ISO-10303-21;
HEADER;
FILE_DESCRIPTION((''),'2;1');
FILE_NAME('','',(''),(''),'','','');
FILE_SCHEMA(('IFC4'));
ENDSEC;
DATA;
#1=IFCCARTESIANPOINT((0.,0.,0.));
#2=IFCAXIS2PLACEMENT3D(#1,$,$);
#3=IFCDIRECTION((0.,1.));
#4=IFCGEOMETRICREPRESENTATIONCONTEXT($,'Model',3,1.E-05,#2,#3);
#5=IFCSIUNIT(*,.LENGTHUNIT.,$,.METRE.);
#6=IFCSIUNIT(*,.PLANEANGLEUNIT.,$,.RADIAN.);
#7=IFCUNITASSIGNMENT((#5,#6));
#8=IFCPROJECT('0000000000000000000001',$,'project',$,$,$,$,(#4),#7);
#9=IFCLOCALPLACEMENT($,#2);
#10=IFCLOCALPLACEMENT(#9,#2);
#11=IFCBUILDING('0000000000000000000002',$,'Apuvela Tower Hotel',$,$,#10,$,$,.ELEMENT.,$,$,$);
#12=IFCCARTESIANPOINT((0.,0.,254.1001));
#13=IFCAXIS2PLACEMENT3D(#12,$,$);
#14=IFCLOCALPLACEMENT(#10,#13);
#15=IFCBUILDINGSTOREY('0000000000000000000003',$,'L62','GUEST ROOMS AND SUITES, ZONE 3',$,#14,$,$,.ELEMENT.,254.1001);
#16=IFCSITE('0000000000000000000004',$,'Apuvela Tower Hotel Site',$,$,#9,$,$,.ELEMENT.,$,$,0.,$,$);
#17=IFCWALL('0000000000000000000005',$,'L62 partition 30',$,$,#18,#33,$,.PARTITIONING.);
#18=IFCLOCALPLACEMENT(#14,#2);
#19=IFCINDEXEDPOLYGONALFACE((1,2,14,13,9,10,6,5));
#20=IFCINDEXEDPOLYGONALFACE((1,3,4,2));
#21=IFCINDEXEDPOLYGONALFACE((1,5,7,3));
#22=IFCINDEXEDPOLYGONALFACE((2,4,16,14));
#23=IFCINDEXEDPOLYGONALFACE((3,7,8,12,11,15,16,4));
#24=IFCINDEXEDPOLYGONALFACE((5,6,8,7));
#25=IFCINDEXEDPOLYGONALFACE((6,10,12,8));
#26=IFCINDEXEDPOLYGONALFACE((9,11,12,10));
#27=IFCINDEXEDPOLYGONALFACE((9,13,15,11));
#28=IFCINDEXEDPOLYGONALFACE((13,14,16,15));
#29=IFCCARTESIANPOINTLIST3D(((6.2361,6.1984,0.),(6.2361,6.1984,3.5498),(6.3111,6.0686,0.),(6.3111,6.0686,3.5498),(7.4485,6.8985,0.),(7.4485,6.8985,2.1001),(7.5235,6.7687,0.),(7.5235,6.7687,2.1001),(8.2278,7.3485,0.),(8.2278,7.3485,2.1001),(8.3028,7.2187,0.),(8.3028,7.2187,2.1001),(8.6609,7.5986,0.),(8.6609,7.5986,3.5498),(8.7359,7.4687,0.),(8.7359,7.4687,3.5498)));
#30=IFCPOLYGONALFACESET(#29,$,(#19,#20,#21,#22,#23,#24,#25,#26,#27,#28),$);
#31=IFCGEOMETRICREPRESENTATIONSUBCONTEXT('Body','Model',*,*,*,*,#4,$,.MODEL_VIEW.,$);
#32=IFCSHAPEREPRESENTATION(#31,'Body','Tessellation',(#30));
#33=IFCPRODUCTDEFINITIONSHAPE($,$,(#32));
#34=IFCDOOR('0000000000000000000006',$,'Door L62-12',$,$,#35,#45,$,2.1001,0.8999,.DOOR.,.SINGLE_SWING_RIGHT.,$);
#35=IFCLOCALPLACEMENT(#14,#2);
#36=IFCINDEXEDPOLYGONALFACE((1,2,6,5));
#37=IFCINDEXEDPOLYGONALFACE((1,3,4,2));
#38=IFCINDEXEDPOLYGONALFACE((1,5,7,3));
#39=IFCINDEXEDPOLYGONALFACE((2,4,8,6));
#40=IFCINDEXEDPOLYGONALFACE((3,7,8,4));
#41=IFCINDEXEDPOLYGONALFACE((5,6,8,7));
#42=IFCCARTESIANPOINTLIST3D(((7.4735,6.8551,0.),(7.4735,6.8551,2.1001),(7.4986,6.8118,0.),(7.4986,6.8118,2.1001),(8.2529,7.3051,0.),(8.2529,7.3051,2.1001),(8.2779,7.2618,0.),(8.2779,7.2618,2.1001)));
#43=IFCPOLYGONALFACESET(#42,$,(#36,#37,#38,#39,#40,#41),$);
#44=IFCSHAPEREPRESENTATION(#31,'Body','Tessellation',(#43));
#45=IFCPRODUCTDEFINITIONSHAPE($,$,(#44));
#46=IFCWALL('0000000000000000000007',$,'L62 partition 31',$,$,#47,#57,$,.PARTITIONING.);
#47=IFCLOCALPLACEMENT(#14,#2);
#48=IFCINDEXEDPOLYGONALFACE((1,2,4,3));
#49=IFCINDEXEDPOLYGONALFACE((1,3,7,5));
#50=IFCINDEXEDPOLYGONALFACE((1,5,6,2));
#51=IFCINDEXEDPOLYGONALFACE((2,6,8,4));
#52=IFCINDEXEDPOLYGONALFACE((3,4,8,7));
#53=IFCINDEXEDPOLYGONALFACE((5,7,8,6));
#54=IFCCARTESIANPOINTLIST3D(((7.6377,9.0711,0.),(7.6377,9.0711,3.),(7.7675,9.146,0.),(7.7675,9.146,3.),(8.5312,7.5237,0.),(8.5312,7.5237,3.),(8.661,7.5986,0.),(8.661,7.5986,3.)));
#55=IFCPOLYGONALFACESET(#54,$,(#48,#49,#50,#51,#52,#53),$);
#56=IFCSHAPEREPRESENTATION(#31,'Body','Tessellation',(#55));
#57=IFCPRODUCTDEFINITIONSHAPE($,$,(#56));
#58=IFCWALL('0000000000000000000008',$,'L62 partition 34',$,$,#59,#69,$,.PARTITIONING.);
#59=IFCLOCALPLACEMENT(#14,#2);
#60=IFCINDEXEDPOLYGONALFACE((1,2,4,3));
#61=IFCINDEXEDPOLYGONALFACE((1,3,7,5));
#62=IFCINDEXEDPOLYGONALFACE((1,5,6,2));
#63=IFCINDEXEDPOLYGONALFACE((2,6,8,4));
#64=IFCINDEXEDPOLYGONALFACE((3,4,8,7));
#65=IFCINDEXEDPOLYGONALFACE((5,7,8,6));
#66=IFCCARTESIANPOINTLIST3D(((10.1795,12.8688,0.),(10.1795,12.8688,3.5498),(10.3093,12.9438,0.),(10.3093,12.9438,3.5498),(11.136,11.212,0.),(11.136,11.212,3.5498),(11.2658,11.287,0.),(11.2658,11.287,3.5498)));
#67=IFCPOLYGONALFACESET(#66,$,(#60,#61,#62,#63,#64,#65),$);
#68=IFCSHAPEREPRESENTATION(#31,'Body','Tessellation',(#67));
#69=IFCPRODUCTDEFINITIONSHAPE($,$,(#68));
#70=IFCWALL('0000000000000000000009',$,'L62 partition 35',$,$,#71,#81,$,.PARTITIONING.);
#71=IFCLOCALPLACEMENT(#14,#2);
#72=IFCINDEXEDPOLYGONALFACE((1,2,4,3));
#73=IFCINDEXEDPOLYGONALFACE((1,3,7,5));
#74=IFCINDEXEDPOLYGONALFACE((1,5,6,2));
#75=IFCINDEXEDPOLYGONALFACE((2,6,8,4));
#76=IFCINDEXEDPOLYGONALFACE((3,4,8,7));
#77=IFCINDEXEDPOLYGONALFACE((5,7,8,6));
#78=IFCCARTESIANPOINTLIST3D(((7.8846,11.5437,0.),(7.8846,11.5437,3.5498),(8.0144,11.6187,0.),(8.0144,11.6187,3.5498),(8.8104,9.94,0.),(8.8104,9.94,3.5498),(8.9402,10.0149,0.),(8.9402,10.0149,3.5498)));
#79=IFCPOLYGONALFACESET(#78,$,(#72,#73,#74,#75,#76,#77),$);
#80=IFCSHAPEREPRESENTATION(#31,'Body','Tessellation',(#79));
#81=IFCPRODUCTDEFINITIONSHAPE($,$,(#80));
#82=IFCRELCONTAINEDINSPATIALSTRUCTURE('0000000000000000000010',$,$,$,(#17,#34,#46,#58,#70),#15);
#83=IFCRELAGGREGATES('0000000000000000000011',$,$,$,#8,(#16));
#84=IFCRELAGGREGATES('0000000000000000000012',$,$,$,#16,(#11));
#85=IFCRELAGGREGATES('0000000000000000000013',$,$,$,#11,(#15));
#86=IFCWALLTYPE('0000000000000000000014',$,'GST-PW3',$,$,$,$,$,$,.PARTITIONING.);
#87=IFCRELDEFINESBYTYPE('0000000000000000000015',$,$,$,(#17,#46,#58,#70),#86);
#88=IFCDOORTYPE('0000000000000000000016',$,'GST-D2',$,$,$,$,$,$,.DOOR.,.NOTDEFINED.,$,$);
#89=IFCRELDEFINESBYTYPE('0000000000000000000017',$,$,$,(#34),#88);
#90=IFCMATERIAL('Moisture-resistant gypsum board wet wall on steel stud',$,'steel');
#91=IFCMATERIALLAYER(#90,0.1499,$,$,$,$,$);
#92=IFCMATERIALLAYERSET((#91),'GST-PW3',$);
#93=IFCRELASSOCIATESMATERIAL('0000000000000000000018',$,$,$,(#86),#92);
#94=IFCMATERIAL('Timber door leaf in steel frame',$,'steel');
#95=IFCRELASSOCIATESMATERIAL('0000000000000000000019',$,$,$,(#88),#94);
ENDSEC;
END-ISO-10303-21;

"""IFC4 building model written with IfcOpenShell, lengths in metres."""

from ifc_helpers import new_model, si_unit, direction, frame, frame_2d, origin, place, context, subcontext, project, spatial, rectangle, extrude, material, layer, layer_set, type_object, element, fill, save


model = new_model("IFC4")

# Units and contexts
model_context = context("Model", 3, precision=1e-05, world=origin(), true_north=direction((0.0, 1.0)))
body_context = subcontext(model_context, "Body", "Model", "MODEL_VIEW")
ifc_project = project(units=[si_unit("LENGTHUNIT", "METRE"), si_unit("PLANEANGLEUNIT", "RADIAN")], contexts=[model_context])

# Site, building, storey
site_placement = place(None, origin())
site = spatial("IfcSite", under=ifc_project, at=site_placement, Name="Apuvela Tower Hotel Site", CompositionType="ELEMENT", RefElevation=0.0)
building_placement = place(site_placement, origin())
building = spatial("IfcBuilding", under=site, at=building_placement, Name="Apuvela Tower Hotel", CompositionType="ELEMENT")
storey_placement = place(building_placement, frame((0.0, 0.0, 254.1001)))
storey = spatial("IfcBuildingStorey", under=building, at=storey_placement, Name="L62", Description="GUEST ROOMS AND SUITES, ZONE 3", CompositionType="ELEMENT", Elevation=254.1001)

# Shared definitions
ifc_material_1 = material(Name="Timber door leaf in steel frame", Category="steel")
ifc_material_2 = material(Name="Moisture-resistant gypsum board wet wall on steel stud", Category="steel")
ifc_layer_1 = layer(ifc_material_2, 0.1499)
ifc_layer_set_1 = layer_set([ifc_layer_1], Name="GST-PW3")
wall_type_1 = type_object("IfcWallType", Name="GST-PW3", PredefinedType="PARTITIONING", material=ifc_layer_set_1)

# Wall, opening, door
wall_1_placement = place(storey_placement, frame((6.2737, 6.1335, 0.0), z_axis=(0.0, 0.0, 1.0), x_axis=(0.865997, 0.50005, 0.0)))
wall_1 = element("IfcWall", 1, at=wall_1_placement, inside=storey, type_object=wall_type_1, Name="L62 partition 30", PredefinedType="PARTITIONING", context=body_context, shape_type="SweptSolid", body=[
    extrude(rectangle(XDim=2.8, YDim=0.1499, at=frame_2d((1.3999, 0.0))), origin(), (0.0, 0.0, 1.0), 3.5498),
])
opening_1_placement = place(wall_1_placement, frame((1.3999, 0.0, 0.0)))
opening_1 = element("IfcOpeningElement", 2, at=opening_1_placement, cuts=wall_1, PredefinedType="OPENING", context=body_context, shape_type="SweptSolid", body=[
    extrude(rectangle(XDim=0.8999, YDim=2.1001, at=frame_2d((0.45, 1.05))), frame((0.0, 0.085, 0.0), z_axis=(0.0, -1.0, 0.0), x_axis=(1.0, 0.0, 0.0)), (0.0, 0.0, 1.0), 0.1699),
])
door_type_1 = type_object("IfcDoorType", Name="GST-D2", OperationType="NOTDEFINED", PredefinedType="DOOR", material=ifc_material_1)
door_1_placement = place(opening_1_placement, origin())
door_1 = element("IfcDoor", 3, at=door_1_placement, inside=storey, type_object=door_type_1, Name="Door L62-12", OperationType="SINGLE_SWING_RIGHT", OverallHeight=2.1001, OverallWidth=0.8999, PredefinedType="DOOR", context=body_context, shape_type="SweptSolid", body=[
    extrude(rectangle(XDim=0.8999, YDim=2.1001, at=frame_2d((0.45, 1.05))), frame((0.0, 0.0249, 0.0), z_axis=(0.0, -1.0, 0.0), x_axis=(1.0, 0.0, 0.0)), (0.0, 0.0, 1.0), 0.05),
])
fill(opening_1, door_1)

# Walls
wall_2_placement = place(storey_placement, frame((8.5962, 7.561, 0.0), z_axis=(0.0, 0.0, 1.0), x_axis=(-0.500077, 0.865981, 0.0)))
element("IfcWall", 4, at=wall_2_placement, inside=storey, type_object=wall_type_1, Name="L62 partition 31", PredefinedType="PARTITIONING", context=body_context, shape_type="SweptSolid", body=[
    extrude(rectangle(XDim=1.7869, YDim=0.1499, at=frame_2d((0.8936, 0.0))), origin(), (0.0, 0.0, 1.0), 3.0),
])
wall_3_placement = place(storey_placement, frame((11.2009, 11.2495, 0.0), z_axis=(0.0, 0.0, 1.0), x_axis=(-0.50001, 0.86602, 0.0)))
element("IfcWall", 5, at=wall_3_placement, inside=storey, type_object=wall_type_1, Name="L62 partition 34", PredefinedType="PARTITIONING", context=body_context, shape_type="SweptSolid", body=[
    extrude(rectangle(XDim=1.9131, YDim=0.1499, at=frame_2d((0.9565, 0.0))), origin(), (0.0, 0.0, 1.0), 3.5498),
])
wall_4_placement = place(storey_placement, frame((8.8752, 9.9775, 0.0), z_axis=(0.0, 0.0, 1.0), x_axis=(-0.499939, 0.86606, 0.0)))
element("IfcWall", 6, at=wall_4_placement, inside=storey, type_object=wall_type_1, Name="L62 partition 35", PredefinedType="PARTITIONING", context=body_context, shape_type="SweptSolid", body=[
    extrude(rectangle(XDim=1.8518, YDim=0.1499, at=frame_2d((0.9258, 0.0))), origin(), (0.0, 0.0, 1.0), 3.5498),
])

save(model, "model.ifc")
